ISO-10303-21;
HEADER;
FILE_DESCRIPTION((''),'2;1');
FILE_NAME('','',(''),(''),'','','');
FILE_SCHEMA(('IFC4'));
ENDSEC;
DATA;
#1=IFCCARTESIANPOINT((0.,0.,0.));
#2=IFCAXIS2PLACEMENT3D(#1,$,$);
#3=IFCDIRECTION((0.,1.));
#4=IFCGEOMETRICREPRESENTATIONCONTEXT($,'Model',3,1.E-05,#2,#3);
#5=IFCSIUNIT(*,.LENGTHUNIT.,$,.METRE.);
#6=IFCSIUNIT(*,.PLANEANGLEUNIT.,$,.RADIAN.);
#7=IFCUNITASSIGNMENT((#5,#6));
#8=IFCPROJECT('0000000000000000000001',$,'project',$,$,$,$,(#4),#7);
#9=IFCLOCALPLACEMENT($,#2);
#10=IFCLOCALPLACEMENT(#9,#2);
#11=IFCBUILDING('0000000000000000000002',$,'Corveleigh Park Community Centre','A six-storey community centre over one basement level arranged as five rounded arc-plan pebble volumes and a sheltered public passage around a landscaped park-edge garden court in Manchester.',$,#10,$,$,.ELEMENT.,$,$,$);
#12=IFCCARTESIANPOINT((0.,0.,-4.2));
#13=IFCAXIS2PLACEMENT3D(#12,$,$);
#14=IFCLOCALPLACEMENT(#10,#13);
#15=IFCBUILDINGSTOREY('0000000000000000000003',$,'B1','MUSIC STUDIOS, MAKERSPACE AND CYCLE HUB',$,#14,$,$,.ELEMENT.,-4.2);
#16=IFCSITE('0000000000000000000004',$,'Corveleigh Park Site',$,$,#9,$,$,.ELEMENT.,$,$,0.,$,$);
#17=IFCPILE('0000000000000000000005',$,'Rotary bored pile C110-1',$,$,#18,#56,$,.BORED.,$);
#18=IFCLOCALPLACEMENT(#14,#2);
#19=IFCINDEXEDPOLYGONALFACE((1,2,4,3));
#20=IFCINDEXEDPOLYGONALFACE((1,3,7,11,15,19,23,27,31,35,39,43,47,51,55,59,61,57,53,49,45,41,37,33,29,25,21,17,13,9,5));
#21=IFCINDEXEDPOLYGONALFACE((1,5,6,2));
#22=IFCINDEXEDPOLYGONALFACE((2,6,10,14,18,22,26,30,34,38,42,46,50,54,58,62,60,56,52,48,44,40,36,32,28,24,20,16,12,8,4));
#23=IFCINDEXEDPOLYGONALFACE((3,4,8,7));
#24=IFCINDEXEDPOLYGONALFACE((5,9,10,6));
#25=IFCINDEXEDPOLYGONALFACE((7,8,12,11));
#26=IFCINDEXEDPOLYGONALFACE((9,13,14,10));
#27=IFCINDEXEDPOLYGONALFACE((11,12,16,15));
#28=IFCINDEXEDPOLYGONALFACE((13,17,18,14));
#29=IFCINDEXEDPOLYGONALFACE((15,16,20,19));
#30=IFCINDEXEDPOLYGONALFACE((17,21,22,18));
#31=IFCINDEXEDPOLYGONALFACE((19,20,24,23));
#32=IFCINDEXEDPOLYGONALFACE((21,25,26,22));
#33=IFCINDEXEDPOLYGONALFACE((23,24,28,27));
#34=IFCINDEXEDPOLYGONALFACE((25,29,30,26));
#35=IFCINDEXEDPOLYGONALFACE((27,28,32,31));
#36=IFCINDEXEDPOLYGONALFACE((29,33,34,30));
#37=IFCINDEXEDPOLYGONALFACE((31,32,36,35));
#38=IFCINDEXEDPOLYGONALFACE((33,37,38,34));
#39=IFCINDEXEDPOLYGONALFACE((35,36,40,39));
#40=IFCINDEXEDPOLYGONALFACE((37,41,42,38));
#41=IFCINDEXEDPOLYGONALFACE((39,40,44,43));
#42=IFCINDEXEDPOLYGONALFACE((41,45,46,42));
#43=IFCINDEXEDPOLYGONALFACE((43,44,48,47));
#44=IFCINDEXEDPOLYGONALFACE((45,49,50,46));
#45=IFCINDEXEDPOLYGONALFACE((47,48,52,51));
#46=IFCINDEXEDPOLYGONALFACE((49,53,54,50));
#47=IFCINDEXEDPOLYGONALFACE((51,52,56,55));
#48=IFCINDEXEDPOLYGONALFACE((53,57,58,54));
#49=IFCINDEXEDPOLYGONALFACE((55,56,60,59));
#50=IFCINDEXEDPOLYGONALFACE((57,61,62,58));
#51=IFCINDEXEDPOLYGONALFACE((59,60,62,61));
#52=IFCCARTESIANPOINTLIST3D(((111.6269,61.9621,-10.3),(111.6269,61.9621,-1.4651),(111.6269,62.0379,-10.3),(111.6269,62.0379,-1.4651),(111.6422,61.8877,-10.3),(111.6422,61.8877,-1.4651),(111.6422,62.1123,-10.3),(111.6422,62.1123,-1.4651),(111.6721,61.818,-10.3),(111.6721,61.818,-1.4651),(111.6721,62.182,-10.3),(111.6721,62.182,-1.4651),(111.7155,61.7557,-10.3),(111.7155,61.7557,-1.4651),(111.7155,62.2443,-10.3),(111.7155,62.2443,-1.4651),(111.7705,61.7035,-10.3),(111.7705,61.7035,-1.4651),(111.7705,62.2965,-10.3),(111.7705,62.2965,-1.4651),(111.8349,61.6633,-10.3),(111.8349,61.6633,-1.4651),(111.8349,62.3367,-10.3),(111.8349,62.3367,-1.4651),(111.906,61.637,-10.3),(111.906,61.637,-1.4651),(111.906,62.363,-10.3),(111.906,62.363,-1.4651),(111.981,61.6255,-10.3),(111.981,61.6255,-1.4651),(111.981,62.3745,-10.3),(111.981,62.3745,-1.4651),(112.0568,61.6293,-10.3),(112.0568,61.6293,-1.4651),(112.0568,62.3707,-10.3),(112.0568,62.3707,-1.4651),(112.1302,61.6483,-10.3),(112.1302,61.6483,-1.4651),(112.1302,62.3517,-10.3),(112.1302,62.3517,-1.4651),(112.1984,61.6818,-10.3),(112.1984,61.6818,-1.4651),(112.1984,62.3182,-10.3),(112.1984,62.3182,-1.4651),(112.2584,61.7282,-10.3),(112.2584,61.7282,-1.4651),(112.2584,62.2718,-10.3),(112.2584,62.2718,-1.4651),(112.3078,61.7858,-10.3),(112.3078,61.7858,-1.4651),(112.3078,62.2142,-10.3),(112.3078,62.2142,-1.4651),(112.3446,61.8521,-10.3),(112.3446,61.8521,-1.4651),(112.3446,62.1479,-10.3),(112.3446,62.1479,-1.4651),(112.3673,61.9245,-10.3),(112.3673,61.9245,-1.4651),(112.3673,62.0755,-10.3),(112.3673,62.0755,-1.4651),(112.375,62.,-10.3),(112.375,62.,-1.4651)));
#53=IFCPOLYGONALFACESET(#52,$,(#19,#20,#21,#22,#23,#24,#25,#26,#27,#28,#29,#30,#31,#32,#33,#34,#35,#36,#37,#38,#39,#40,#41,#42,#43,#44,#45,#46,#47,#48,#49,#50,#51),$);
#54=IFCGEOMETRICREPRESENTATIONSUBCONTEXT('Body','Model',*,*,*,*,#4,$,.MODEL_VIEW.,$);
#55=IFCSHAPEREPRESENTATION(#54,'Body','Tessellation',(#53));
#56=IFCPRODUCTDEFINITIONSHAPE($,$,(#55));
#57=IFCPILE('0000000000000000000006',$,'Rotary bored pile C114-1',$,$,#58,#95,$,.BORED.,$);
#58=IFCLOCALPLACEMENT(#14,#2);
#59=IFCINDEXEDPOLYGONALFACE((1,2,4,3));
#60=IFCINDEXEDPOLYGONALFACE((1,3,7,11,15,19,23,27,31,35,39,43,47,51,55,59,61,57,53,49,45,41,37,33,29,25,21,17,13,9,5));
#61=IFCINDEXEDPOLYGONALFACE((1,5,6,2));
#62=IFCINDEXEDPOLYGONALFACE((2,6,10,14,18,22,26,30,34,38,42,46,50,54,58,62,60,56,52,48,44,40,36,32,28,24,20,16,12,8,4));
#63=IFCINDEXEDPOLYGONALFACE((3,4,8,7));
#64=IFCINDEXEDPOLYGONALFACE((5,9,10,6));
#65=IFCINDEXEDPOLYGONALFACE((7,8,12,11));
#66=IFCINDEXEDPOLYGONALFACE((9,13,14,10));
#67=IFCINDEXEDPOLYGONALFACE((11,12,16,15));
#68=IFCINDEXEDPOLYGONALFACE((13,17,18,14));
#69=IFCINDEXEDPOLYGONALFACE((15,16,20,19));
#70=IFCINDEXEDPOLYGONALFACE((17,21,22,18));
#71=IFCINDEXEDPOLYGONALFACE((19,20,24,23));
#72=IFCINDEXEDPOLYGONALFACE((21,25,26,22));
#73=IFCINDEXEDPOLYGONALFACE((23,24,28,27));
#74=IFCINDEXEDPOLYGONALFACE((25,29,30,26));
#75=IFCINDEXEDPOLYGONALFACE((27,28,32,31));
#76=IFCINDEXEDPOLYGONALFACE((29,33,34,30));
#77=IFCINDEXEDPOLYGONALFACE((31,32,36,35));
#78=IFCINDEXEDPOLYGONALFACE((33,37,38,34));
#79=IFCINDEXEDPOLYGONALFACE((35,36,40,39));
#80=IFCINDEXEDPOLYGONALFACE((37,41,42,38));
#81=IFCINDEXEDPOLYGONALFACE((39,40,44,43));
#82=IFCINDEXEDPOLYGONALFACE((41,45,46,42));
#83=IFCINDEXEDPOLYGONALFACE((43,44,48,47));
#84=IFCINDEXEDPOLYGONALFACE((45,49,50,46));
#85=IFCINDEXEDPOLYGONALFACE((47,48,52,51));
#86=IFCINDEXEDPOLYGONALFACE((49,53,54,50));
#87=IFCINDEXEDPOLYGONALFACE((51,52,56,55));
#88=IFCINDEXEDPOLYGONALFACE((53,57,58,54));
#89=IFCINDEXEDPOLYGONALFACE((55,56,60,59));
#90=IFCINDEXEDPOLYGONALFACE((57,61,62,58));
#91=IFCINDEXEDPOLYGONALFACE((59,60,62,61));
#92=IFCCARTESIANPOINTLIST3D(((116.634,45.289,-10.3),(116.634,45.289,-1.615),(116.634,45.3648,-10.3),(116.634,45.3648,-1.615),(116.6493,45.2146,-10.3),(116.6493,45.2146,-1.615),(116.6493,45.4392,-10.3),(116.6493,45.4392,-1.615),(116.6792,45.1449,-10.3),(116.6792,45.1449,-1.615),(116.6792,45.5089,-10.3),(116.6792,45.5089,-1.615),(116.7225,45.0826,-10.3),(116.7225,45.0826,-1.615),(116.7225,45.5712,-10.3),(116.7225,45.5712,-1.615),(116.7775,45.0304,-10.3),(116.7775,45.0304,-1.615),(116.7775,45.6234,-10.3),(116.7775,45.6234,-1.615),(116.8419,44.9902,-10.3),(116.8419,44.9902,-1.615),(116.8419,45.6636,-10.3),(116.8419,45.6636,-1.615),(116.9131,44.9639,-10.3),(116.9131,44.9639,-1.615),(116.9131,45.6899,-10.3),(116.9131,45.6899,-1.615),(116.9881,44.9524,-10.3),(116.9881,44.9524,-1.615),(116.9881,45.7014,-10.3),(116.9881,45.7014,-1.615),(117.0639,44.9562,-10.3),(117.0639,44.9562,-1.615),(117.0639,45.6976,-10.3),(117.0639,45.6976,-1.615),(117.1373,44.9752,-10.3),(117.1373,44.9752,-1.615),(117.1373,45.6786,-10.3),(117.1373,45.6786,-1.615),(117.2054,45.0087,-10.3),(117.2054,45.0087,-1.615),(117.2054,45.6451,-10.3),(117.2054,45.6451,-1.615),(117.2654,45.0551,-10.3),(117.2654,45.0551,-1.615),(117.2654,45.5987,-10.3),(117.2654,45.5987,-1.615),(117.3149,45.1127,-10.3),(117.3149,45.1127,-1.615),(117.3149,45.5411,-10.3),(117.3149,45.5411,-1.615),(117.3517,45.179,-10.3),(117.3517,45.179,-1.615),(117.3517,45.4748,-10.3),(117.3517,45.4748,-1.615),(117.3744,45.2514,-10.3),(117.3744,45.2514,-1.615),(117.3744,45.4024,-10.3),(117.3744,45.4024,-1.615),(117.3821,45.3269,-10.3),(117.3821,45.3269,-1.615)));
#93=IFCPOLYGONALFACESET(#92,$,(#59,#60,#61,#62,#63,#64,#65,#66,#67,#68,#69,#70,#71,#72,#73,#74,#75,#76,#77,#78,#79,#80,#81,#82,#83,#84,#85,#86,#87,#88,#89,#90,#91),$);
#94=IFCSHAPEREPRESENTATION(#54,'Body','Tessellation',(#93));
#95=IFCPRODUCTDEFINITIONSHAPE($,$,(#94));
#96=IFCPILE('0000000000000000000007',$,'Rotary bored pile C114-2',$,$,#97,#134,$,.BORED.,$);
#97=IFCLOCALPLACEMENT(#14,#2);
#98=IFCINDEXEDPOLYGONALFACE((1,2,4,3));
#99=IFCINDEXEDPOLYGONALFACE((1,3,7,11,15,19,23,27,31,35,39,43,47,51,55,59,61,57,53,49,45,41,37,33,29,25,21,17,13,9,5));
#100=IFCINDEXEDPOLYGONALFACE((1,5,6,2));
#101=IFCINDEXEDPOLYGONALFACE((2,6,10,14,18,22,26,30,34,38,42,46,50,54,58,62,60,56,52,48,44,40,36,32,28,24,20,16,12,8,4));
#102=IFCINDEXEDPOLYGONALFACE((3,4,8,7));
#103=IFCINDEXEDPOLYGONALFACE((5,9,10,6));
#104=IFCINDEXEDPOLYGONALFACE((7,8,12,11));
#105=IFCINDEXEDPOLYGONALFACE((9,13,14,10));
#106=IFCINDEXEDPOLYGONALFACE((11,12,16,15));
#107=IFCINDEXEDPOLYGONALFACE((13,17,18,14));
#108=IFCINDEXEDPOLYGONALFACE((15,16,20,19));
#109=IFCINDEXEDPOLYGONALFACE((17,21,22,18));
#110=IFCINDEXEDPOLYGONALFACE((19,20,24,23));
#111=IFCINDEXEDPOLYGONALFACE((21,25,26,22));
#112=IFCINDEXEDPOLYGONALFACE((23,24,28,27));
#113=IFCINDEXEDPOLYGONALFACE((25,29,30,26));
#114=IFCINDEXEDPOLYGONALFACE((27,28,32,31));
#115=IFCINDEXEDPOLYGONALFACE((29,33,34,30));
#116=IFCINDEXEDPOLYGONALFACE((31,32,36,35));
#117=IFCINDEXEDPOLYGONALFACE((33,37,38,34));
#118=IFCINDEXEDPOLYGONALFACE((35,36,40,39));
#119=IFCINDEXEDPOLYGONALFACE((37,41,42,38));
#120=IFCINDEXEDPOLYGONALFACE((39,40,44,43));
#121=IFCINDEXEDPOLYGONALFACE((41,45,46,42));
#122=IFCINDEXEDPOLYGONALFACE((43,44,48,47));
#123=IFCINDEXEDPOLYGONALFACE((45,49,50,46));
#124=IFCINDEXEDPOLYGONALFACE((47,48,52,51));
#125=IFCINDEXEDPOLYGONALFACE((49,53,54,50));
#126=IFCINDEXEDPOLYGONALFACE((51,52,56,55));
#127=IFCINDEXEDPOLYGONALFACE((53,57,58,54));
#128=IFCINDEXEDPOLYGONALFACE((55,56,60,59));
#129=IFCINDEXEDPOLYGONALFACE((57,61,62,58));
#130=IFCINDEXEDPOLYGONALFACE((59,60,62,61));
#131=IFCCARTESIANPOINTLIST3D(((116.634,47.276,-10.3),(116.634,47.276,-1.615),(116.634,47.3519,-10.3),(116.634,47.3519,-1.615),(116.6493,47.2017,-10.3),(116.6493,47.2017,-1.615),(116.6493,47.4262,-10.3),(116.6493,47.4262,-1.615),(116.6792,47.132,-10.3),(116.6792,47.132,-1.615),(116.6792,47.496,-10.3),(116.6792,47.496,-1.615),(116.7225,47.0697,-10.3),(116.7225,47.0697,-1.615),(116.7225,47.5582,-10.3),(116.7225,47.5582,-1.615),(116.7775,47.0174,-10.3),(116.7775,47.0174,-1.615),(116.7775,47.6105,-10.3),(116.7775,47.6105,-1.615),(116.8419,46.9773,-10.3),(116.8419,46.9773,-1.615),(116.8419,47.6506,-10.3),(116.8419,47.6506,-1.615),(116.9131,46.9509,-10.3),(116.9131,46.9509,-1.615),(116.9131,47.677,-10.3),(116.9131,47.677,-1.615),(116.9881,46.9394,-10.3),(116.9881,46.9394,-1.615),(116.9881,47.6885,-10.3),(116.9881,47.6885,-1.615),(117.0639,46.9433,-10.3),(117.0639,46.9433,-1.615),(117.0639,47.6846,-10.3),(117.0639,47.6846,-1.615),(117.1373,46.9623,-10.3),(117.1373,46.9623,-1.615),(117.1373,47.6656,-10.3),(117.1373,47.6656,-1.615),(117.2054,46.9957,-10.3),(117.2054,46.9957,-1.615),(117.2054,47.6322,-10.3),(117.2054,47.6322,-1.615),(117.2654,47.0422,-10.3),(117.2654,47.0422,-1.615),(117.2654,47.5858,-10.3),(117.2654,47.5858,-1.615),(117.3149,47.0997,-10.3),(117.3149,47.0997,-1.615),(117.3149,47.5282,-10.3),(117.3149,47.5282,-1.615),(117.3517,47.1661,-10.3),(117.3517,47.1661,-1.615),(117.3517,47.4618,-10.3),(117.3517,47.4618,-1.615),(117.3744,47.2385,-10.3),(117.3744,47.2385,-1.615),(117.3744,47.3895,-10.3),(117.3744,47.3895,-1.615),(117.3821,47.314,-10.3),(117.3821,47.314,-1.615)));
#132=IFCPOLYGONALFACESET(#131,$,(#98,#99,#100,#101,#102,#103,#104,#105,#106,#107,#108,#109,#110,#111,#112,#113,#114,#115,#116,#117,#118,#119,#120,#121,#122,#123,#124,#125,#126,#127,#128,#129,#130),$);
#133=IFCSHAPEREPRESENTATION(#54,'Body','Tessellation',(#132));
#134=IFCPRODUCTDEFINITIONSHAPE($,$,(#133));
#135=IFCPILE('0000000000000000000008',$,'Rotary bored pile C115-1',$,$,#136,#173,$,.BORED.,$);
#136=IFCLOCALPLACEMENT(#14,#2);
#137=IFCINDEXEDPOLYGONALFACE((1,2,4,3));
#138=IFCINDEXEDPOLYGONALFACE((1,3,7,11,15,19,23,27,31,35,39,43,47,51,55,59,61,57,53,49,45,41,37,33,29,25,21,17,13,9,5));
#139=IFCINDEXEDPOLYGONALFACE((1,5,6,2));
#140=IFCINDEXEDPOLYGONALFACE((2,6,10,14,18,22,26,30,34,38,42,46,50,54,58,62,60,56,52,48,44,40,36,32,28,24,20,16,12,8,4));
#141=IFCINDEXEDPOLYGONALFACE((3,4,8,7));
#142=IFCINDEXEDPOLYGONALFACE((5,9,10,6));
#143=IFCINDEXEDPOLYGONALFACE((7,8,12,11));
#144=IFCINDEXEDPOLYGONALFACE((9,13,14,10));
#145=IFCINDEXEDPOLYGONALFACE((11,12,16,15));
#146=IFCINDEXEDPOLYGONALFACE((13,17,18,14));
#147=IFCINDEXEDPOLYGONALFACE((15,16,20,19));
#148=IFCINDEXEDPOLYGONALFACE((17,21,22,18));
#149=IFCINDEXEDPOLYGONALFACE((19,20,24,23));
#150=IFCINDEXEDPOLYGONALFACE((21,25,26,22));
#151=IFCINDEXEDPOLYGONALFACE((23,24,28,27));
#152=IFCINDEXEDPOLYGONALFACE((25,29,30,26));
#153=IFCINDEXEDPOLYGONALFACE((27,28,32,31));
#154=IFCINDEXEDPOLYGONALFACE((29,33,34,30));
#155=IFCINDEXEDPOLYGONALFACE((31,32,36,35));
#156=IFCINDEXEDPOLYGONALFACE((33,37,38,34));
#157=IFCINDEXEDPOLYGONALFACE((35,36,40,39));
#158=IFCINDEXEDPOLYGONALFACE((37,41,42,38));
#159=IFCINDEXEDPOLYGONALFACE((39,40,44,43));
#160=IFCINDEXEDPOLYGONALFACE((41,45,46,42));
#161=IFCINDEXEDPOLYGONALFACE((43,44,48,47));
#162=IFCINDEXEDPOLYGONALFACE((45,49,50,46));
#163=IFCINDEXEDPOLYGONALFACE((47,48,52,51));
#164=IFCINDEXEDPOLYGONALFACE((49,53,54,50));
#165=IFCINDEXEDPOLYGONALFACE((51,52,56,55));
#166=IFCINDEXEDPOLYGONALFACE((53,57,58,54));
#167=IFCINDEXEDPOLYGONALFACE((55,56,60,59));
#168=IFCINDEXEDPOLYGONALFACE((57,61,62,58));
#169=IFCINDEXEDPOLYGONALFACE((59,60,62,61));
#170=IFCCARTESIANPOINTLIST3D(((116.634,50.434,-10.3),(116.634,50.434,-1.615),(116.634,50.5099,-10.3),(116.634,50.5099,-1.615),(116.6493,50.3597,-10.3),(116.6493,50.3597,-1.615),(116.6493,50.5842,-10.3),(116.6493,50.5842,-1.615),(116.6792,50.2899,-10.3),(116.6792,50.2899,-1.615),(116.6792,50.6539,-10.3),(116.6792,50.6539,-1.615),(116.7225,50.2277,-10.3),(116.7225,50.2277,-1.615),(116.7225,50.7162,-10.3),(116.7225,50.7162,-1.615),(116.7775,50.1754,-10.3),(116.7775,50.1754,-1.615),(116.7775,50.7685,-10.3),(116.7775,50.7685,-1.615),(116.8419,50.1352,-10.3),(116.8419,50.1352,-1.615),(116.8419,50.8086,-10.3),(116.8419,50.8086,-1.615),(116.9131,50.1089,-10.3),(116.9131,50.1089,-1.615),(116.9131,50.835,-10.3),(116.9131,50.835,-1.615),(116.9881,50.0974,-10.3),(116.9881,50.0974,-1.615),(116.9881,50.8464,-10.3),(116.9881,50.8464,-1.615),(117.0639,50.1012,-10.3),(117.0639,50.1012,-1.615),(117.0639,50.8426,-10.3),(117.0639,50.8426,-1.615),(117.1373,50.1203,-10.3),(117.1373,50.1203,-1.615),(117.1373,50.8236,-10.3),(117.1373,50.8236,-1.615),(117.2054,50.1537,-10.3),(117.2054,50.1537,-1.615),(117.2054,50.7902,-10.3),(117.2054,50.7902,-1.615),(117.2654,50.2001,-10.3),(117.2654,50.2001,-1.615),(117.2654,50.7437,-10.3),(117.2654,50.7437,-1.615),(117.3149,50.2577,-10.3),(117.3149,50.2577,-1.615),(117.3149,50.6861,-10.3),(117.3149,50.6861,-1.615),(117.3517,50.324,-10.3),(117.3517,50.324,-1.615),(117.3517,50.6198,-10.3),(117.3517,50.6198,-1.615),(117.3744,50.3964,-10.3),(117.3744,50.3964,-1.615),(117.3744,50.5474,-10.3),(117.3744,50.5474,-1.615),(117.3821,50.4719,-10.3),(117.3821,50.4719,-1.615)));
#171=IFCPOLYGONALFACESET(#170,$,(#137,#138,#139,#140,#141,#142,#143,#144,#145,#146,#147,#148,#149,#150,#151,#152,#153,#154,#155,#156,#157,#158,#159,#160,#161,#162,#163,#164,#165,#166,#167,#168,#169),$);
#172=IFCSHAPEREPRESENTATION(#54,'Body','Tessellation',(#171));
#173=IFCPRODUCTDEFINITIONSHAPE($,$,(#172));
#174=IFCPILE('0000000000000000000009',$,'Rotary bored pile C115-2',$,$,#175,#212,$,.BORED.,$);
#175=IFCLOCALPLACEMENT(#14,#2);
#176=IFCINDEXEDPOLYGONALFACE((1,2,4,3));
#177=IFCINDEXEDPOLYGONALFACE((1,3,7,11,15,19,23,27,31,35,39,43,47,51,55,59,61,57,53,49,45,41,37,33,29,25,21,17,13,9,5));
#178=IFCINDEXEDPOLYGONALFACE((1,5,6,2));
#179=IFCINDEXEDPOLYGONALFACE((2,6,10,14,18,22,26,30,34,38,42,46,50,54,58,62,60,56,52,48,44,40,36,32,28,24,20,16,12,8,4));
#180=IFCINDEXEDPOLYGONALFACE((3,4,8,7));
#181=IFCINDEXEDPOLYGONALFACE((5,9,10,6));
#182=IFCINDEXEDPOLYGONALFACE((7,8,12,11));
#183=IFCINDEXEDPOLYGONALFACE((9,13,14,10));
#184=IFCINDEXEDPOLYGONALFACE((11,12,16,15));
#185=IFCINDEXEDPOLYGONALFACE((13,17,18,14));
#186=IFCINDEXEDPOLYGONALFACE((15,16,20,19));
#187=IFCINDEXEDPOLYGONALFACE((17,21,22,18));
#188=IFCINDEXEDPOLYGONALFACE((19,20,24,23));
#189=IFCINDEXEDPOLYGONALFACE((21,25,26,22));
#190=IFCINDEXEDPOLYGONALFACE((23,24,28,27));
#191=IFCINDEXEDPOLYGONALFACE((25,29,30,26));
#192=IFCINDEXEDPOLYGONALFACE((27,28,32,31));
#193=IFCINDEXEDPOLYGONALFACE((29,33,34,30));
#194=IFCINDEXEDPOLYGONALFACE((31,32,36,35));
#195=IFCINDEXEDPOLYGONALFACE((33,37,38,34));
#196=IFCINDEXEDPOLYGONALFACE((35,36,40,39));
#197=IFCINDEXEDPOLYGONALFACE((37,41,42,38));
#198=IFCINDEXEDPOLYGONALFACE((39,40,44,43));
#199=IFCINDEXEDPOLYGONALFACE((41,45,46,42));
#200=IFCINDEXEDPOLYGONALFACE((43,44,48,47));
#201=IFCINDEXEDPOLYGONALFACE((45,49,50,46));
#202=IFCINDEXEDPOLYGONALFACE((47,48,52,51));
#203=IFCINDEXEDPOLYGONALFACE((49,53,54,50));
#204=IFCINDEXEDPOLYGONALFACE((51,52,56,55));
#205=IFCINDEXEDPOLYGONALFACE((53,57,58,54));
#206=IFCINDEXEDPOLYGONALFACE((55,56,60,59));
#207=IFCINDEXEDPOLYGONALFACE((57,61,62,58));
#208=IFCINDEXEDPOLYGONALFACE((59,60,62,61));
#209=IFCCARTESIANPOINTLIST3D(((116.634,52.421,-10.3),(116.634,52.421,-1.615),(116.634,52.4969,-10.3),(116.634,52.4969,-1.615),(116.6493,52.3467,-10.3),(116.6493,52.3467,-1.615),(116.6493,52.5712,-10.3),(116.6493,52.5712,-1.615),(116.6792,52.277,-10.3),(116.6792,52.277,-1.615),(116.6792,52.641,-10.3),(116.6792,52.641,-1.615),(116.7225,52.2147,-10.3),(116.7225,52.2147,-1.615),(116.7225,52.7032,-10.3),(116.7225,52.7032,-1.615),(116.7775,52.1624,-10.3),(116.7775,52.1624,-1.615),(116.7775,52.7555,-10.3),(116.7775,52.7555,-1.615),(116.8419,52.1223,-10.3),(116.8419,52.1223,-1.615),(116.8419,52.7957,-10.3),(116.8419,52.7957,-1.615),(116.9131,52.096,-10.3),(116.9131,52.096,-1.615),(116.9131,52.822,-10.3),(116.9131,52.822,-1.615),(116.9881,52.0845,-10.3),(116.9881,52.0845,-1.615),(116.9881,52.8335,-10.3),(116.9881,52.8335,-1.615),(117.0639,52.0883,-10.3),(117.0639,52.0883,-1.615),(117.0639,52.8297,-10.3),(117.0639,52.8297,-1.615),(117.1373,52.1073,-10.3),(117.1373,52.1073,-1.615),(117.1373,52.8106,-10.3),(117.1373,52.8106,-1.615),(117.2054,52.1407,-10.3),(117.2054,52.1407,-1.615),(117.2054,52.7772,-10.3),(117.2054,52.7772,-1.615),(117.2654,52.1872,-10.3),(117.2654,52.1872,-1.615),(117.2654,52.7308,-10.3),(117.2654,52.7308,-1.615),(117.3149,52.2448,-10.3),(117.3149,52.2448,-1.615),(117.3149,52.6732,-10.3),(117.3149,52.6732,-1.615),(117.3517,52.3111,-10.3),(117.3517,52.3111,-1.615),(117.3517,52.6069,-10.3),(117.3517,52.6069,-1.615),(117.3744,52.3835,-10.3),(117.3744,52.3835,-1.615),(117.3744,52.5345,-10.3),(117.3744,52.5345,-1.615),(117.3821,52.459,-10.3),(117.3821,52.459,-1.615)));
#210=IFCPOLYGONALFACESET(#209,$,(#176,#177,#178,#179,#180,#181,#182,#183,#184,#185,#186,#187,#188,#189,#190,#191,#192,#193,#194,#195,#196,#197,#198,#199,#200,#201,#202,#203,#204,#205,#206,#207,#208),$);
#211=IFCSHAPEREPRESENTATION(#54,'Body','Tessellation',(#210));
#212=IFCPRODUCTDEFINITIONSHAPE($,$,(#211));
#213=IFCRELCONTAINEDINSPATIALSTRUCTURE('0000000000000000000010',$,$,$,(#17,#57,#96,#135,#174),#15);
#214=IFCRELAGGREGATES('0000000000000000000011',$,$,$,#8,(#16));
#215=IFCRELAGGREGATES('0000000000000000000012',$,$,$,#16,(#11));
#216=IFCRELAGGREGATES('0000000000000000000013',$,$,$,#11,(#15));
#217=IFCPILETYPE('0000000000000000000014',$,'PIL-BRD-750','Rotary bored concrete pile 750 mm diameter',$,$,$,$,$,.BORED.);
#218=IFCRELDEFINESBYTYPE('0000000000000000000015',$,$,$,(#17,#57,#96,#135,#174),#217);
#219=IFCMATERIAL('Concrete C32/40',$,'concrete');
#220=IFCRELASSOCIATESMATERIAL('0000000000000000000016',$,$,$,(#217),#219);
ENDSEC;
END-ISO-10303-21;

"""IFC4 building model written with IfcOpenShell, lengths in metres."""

from ifc_helpers import new_model, si_unit, direction, frame, origin, origin_2d, place, context, subcontext, project, spatial, circle, extrude, material, material_profile, profile_set, type_object, element, save


model = new_model("IFC4")

# Units and contexts
model_context = context("Model", 3, precision=1e-05, world=origin(), true_north=direction((0.0, 1.0)))
body_context = subcontext(model_context, "Body", "Model", "MODEL_VIEW")
ifc_project = project(units=[si_unit("LENGTHUNIT", "METRE"), si_unit("PLANEANGLEUNIT", "RADIAN")], contexts=[model_context])

# Site, building, storey
site_placement = place(None, origin())
site = spatial("IfcSite", under=ifc_project, at=site_placement, Name="Corveleigh Park Site", CompositionType="ELEMENT", RefElevation=0.0)
building_placement = place(site_placement, origin())
building = spatial("IfcBuilding", under=site, at=building_placement, Name="Corveleigh Park Community Centre", Description="A six-storey community centre over one basement level arranged as five rounded arc-plan pebble volumes and a sheltered public passage around a landscaped park-edge garden court in Manchester.", CompositionType="ELEMENT")
storey_placement = place(building_placement, frame((0.0, 0.0, -4.2)))
storey = spatial("IfcBuildingStorey", under=building, at=storey_placement, Name="B1", Description="MUSIC STUDIOS, MAKERSPACE AND CYCLE HUB", CompositionType="ELEMENT", Elevation=-4.2)

# Piles
ifc_material_1 = material(Name="Concrete C32/40", Category="concrete")
ifc_material_profile_1 = material_profile(ifc_material_1, circle(Radius=0.375, at=origin_2d()), Name="BORED-PILE-750", Category="concrete")
ifc_profile_set_1 = profile_set([ifc_material_profile_1], Name="Concrete C32/40")
pile_type_1 = type_object("IfcPileType", Name="PIL-BRD-750", Description="Rotary bored concrete pile 750 mm diameter", PredefinedType="BORED", material=ifc_profile_set_1)
for number, where, z_axis, x_axis, name in (
    (1, (112.0, 62.0, -1.4651), (0.0, 0.0, -1.0), (1.0, 0.0, 0.0), "Rotary bored pile C110-1"),
):
    element("IfcPile", number, at=place(storey_placement, frame(where, z_axis=z_axis, x_axis=x_axis)), inside=storey, type_object=pile_type_1, Name=name, PredefinedType="BORED", context=body_context, shape_type="SweptSolid", body=[
        extrude(circle(Radius=0.375, at=origin_2d()), origin(), (0.0, 0.0, 1.0), 8.835),
    ])
for number, where, z_axis, x_axis, name in (
    (2, (117.0071, 45.3269, -1.615), (0.0, 0.0, -1.0), (1.0, 0.0, 0.0), "Rotary bored pile C114-1"),
    (3, (117.0071, 47.314, -1.615), (0.0, 0.0, -1.0), (1.0, 0.0, 0.0), "Rotary bored pile C114-2"),
    (4, (117.0071, 50.4719, -1.615), (0.0, 0.0, -1.0), (1.0, 0.0, 0.0), "Rotary bored pile C115-1"),
    (5, (117.0071, 52.459, -1.615), (0.0, 0.0, -1.0), (1.0, 0.0, 0.0), "Rotary bored pile C115-2"),
):
    element("IfcPile", number, at=place(storey_placement, frame(where, z_axis=z_axis, x_axis=x_axis)), inside=storey, type_object=pile_type_1, Name=name, PredefinedType="BORED", context=body_context, shape_type="SweptSolid", body=[
        extrude(circle(Radius=0.375, at=origin_2d()), origin(), (0.0, 0.0, 1.0), 8.6851),
    ])

save(model, "model.ifc")
